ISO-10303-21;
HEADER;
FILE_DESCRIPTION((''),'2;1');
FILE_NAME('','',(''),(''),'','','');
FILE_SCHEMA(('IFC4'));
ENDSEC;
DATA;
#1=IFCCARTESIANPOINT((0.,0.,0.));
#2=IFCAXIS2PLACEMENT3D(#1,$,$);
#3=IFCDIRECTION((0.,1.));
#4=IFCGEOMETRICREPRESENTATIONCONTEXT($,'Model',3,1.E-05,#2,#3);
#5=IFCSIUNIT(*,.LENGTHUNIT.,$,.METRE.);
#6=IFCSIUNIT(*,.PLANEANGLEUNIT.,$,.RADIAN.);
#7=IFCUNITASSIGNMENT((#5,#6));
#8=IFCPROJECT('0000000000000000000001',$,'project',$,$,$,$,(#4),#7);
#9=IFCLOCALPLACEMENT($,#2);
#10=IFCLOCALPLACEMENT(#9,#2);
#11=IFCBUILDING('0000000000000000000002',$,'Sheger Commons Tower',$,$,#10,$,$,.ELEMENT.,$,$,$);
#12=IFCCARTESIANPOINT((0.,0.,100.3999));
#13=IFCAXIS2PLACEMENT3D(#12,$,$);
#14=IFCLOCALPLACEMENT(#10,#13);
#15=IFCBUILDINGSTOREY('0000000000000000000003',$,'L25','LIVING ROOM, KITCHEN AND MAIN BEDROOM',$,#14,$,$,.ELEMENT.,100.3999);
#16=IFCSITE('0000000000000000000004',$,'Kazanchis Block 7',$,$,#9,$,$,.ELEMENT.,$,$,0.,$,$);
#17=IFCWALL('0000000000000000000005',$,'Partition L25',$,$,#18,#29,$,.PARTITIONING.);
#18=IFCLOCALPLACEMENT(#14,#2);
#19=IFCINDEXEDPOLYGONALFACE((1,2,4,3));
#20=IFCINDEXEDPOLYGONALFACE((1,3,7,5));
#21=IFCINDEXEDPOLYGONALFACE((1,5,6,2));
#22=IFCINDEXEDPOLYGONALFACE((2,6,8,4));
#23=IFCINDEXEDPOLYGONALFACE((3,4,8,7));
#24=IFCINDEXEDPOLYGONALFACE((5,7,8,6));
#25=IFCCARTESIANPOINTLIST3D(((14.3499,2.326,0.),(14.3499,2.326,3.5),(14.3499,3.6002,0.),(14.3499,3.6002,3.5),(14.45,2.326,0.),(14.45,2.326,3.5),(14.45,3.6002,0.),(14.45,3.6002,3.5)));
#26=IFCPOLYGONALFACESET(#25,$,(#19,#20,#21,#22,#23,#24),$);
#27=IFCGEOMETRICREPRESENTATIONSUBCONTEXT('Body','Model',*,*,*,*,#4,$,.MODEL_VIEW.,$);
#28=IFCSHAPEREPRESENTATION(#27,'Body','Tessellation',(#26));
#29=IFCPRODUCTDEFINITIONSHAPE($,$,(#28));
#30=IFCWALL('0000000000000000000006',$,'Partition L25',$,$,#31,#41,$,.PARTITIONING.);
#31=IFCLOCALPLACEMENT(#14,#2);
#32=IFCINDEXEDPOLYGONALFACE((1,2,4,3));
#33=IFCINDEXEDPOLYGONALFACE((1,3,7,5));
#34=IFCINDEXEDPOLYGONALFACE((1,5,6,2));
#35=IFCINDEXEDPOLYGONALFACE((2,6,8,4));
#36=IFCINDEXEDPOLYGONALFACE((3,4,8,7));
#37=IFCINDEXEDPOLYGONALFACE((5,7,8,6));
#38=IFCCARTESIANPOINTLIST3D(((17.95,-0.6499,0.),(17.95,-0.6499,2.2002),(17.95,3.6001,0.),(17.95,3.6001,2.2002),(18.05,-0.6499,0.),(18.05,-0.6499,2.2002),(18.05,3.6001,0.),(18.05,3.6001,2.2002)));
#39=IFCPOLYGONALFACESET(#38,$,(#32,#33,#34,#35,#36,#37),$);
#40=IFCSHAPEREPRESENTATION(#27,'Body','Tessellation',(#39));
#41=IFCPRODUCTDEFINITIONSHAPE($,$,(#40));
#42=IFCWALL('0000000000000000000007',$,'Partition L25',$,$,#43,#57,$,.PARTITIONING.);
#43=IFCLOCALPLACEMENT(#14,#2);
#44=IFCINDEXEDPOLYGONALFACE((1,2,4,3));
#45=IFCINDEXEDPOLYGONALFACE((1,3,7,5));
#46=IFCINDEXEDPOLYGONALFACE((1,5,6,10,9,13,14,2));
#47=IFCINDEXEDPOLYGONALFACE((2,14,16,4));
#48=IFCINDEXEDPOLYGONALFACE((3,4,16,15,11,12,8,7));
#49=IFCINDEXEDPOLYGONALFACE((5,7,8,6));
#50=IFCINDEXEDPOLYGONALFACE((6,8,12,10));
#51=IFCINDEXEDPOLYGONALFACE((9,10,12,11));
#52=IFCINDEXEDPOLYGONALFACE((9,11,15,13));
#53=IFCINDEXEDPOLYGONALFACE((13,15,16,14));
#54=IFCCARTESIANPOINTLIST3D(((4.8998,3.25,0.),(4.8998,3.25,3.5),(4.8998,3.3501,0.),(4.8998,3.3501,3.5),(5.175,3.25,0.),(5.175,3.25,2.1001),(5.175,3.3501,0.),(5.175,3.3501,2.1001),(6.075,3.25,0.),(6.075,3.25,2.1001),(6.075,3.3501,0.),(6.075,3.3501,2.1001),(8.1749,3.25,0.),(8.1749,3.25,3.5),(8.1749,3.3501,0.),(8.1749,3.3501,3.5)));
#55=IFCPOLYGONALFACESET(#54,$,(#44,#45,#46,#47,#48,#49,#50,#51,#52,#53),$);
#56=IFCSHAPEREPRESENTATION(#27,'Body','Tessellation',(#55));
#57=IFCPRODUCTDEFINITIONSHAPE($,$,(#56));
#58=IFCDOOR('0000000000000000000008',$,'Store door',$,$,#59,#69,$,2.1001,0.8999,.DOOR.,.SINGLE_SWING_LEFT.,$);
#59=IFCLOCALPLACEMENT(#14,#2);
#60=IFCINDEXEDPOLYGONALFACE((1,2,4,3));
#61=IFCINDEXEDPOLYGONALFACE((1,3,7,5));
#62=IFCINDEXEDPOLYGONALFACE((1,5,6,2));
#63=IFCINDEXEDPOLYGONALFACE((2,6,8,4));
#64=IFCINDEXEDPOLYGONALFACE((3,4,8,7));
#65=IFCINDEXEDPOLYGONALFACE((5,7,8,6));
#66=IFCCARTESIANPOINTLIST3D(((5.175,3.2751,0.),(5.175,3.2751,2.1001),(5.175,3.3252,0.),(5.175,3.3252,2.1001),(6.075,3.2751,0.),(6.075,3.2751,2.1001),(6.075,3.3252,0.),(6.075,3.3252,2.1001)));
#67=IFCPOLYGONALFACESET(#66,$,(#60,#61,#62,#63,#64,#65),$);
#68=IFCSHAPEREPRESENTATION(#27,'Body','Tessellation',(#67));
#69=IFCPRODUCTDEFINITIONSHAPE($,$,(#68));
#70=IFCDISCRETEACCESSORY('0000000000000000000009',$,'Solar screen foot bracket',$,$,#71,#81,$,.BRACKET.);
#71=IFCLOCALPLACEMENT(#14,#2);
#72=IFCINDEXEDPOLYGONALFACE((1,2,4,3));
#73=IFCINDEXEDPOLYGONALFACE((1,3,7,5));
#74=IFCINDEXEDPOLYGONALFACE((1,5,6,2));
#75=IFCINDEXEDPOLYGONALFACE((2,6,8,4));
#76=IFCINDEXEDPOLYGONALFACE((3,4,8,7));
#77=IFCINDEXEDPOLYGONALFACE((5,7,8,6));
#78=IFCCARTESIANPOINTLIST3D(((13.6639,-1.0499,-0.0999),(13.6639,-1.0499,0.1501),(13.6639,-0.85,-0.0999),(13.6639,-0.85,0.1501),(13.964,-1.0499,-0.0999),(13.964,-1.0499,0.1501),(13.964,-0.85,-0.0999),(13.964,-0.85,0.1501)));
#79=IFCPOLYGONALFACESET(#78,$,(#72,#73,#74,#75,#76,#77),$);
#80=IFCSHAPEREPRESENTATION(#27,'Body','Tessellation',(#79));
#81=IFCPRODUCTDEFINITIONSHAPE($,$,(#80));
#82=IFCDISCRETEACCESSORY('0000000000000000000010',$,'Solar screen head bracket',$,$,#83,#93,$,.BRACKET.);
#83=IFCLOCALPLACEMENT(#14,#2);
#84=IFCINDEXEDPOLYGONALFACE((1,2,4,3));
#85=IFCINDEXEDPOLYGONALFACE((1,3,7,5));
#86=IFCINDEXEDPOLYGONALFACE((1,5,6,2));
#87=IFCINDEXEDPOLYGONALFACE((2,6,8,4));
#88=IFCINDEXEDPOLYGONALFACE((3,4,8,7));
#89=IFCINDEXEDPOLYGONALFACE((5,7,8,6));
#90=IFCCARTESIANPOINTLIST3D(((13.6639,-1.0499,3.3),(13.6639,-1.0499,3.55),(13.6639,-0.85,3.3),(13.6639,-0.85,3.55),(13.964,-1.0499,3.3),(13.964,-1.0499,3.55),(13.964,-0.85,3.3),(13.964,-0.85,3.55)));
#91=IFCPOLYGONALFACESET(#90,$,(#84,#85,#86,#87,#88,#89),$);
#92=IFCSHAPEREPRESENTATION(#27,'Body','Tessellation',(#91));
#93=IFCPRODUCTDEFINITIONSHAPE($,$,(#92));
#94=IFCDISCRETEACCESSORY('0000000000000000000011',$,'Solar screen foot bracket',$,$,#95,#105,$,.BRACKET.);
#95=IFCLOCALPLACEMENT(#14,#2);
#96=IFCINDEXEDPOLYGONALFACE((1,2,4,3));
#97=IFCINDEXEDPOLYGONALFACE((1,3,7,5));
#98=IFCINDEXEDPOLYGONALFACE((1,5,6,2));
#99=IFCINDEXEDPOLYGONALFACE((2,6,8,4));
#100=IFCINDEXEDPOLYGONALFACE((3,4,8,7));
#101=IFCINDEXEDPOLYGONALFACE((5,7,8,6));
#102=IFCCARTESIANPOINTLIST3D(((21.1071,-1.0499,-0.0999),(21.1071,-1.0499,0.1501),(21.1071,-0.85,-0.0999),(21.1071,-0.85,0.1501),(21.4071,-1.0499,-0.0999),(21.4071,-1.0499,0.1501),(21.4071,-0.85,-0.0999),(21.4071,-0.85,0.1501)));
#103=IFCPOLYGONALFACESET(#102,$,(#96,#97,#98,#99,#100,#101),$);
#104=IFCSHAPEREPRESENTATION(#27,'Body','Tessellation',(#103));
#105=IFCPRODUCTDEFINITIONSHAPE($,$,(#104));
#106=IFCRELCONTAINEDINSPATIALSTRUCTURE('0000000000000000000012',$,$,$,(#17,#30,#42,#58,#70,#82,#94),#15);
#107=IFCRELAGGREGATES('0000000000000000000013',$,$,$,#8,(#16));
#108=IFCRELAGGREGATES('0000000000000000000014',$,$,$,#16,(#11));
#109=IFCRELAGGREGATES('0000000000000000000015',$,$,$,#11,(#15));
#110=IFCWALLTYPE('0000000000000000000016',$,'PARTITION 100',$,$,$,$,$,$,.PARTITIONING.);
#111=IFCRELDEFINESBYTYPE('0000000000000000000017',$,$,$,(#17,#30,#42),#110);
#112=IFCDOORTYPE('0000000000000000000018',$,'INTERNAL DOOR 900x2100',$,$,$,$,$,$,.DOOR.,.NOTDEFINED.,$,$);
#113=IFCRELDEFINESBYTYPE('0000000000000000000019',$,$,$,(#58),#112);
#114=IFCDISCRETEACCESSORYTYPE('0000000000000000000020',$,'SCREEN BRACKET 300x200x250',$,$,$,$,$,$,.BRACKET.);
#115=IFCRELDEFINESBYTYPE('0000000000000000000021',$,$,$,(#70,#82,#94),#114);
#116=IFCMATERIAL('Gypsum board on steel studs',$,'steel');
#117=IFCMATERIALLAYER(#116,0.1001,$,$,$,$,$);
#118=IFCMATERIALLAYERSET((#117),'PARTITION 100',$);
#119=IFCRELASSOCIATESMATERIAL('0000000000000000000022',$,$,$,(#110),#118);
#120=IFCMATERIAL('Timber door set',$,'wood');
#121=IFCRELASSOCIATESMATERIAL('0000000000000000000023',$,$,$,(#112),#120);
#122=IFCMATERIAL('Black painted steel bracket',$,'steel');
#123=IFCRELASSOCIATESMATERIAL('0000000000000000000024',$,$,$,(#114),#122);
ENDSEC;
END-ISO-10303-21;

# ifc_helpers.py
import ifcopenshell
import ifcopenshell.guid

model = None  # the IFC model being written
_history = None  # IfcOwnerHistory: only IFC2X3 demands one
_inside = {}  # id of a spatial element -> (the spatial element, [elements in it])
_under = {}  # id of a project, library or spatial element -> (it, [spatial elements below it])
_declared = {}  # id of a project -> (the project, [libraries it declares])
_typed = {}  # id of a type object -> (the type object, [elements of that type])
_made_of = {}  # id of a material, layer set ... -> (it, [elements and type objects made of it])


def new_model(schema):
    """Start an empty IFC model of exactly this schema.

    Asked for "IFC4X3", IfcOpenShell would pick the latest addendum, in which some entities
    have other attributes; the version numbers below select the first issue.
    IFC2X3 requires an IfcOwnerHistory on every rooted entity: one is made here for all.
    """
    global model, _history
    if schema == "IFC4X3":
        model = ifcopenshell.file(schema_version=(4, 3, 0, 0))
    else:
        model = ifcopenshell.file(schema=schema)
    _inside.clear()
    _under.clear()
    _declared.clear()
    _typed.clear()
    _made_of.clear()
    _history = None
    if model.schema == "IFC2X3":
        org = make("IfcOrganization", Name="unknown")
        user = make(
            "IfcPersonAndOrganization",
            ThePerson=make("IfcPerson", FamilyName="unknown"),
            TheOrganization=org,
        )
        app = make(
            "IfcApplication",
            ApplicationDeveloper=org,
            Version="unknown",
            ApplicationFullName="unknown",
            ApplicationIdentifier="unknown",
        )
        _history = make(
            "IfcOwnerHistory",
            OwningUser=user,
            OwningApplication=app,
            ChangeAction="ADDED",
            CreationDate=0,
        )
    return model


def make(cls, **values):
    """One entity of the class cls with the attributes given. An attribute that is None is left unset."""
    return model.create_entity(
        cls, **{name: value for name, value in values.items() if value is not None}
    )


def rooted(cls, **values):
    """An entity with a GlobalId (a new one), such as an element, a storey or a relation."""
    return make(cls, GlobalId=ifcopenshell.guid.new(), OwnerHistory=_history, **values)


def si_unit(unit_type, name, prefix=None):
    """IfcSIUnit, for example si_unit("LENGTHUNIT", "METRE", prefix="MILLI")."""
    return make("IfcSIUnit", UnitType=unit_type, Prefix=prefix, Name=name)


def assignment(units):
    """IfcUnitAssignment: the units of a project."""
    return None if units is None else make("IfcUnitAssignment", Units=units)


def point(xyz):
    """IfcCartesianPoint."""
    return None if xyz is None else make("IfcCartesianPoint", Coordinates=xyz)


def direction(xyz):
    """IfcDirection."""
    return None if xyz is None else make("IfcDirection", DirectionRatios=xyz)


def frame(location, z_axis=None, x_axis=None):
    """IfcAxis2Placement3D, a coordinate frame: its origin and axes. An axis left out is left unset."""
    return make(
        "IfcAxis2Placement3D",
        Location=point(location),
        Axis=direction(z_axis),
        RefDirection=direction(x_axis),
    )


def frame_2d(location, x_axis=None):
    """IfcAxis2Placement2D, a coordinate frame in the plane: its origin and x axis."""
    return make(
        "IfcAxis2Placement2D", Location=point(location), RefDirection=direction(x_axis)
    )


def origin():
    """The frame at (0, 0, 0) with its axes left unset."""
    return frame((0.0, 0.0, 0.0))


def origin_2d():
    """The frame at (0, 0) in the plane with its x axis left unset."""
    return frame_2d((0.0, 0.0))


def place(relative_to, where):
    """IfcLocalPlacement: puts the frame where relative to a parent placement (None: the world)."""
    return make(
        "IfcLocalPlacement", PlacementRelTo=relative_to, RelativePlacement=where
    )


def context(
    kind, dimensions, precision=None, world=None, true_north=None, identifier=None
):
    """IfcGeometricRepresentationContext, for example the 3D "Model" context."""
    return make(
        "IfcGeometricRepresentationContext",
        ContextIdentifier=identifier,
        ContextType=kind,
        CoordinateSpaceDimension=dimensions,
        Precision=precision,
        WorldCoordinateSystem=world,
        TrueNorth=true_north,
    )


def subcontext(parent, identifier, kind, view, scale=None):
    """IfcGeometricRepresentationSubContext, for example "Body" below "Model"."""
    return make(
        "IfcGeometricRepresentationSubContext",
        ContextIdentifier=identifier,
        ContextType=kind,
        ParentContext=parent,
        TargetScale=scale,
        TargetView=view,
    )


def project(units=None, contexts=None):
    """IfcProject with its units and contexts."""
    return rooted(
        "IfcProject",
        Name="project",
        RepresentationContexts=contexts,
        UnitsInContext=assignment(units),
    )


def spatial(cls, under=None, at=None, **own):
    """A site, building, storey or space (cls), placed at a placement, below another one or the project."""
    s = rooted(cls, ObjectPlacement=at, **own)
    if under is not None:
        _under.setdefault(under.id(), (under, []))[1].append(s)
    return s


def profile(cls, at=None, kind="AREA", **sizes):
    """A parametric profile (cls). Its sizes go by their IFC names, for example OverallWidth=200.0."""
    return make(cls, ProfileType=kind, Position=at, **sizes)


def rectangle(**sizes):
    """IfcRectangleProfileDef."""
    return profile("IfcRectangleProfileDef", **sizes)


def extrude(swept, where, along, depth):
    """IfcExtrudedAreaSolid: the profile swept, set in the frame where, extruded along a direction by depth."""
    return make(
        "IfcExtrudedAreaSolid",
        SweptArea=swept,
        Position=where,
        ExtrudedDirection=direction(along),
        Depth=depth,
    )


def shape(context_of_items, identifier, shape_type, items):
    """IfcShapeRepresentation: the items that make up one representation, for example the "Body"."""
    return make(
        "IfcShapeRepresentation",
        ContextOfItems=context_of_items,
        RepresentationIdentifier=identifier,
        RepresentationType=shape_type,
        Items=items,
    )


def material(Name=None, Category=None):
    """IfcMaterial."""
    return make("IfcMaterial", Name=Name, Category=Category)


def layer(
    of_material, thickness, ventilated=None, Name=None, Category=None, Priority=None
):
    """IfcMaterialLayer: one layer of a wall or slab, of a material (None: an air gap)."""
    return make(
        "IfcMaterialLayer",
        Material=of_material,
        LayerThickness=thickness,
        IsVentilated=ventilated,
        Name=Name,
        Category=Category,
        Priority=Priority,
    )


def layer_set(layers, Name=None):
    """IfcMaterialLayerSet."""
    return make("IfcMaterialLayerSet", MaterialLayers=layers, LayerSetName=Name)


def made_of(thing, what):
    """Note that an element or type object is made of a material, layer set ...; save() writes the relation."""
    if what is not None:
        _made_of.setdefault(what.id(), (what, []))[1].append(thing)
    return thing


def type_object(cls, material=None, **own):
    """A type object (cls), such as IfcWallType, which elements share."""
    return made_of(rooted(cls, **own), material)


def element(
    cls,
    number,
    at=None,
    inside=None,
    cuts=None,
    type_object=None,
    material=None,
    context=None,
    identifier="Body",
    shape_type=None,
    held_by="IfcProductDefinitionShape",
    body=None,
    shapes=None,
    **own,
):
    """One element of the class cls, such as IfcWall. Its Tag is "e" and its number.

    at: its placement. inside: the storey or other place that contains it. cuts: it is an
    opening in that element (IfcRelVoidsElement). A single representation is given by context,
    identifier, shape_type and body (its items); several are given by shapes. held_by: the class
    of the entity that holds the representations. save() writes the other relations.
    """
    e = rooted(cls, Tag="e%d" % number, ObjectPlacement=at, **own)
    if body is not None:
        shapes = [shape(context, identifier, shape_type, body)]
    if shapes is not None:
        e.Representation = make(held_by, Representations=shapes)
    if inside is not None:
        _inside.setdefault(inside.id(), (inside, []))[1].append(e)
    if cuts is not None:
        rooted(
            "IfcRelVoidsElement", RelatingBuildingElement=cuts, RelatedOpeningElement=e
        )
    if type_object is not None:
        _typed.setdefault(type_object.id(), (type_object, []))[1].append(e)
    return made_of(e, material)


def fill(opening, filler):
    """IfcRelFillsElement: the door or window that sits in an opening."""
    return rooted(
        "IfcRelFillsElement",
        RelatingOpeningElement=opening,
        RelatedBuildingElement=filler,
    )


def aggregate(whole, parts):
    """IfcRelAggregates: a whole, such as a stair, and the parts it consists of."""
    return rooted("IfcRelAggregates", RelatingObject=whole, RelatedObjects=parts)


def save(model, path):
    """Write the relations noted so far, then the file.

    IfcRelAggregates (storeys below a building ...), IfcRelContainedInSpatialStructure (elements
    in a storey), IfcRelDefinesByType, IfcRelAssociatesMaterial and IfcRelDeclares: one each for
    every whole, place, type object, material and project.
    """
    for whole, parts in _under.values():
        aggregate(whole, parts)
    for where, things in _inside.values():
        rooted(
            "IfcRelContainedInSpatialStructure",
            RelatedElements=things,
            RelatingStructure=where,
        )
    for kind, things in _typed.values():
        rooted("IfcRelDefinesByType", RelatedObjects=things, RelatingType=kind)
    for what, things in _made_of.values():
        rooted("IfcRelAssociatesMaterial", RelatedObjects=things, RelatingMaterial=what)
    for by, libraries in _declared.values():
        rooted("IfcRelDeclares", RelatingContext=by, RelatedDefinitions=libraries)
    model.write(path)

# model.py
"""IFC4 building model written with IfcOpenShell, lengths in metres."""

from ifc_helpers import new_model, si_unit, direction, frame, frame_2d, origin, origin_2d, place, context, subcontext, project, spatial, rectangle, extrude, material, layer, layer_set, type_object, element, fill, save


model = new_model("IFC4")

# Units and contexts
model_context = context("Model", 3, precision=1e-05, world=origin(), true_north=direction((0.0, 1.0)))
body_context = subcontext(model_context, "Body", "Model", "MODEL_VIEW")
ifc_project = project(units=[si_unit("LENGTHUNIT", "METRE"), si_unit("PLANEANGLEUNIT", "RADIAN")], contexts=[model_context])

# Site, building, storey
site_placement = place(None, origin())
site = spatial("IfcSite", under=ifc_project, at=site_placement, Name="Kazanchis Block 7", CompositionType="ELEMENT", RefElevation=0.0)
building_placement = place(site_placement, origin())
building = spatial("IfcBuilding", under=site, at=building_placement, Name="Sheger Commons Tower", CompositionType="ELEMENT")
storey_placement = place(building_placement, frame((0.0, 0.0, 100.3999)))
storey = spatial("IfcBuildingStorey", under=building, at=storey_placement, Name="L25", Description="LIVING ROOM, KITCHEN AND MAIN BEDROOM", CompositionType="ELEMENT", Elevation=100.3999)

# Walls
ifc_material_1 = material(Name="Gypsum board on steel studs", Category="steel")
ifc_layer_1 = layer(ifc_material_1, 0.1001)
ifc_layer_set_1 = layer_set([ifc_layer_1], Name="PARTITION 100")
wall_type_1 = type_object("IfcWallType", Name="PARTITION 100", PredefinedType="PARTITIONING", material=ifc_layer_set_1)
wall_1_placement = place(storey_placement, frame((14.3999, 2.3259, 0.0), z_axis=(0.0, 0.0, 1.0), x_axis=(0.0, 1.0, 0.0)))
element("IfcWall", 1, at=wall_1_placement, inside=storey, type_object=wall_type_1, Name="Partition L25", PredefinedType="PARTITIONING", context=body_context, shape_type="SweptSolid", body=[
    extrude(rectangle(XDim=1.2742, YDim=0.1001, at=frame_2d((0.6372, 0.0))), origin(), (0.0, 0.0, 1.0), 3.5),
])
wall_2_placement = place(storey_placement, frame((18.0, -0.6499, 0.0), z_axis=(0.0, 0.0, 1.0), x_axis=(0.0, 1.0, 0.0)))
element("IfcWall", 2, at=wall_2_placement, inside=storey, type_object=wall_type_1, Name="Partition L25", PredefinedType="PARTITIONING", context=body_context, shape_type="SweptSolid", body=[
    extrude(rectangle(XDim=4.25, YDim=0.1001, at=frame_2d((2.125, 0.0))), origin(), (0.0, 0.0, 1.0), 2.2002),
])

# Wall, opening, door
wall_3_placement = place(storey_placement, frame((8.175, 3.3, 0.0), z_axis=(0.0, 0.0, 1.0), x_axis=(-1.0, 0.0, 0.0)))
wall_3 = element("IfcWall", 3, at=wall_3_placement, inside=storey, type_object=wall_type_1, Name="Partition L25", PredefinedType="PARTITIONING", context=body_context, shape_type="SweptSolid", body=[
    extrude(rectangle(XDim=3.2751, YDim=0.1001, at=frame_2d((1.6377, 0.0))), origin(), (0.0, 0.0, 1.0), 3.5),
])
opening_1_placement = place(wall_3_placement, frame((2.1001, 0.0, 0.0)))
opening_1 = element("IfcOpeningElement", 4, at=opening_1_placement, cuts=wall_3, PredefinedType="OPENING", context=body_context, shape_type="SweptSolid", body=[
    extrude(rectangle(XDim=0.8999, YDim=2.1001, at=frame_2d((0.45, 1.05))), frame((0.0, 0.0601, 0.0), z_axis=(0.0, -1.0, 0.0), x_axis=(1.0, 0.0, 0.0)), (0.0, 0.0, 1.0), 0.1201),
])
ifc_material_2 = material(Name="Timber door set", Category="wood")
door_type_1 = type_object("IfcDoorType", Name="INTERNAL DOOR 900x2100", OperationType="NOTDEFINED", PredefinedType="DOOR", material=ifc_material_2)
door_1_placement = place(opening_1_placement, origin())
door_1 = element("IfcDoor", 5, at=door_1_placement, inside=storey, type_object=door_type_1, Name="Store door", OperationType="SINGLE_SWING_LEFT", OverallHeight=2.1001, OverallWidth=0.8999, PredefinedType="DOOR", context=body_context, shape_type="SweptSolid", body=[
    extrude(rectangle(XDim=0.8999, YDim=2.1001, at=frame_2d((0.45, 1.05))), frame((0.0, 0.0249, 0.0), z_axis=(0.0, -1.0, 0.0), x_axis=(1.0, 0.0, 0.0)), (0.0, 0.0, 1.0), 0.05),
])
fill(opening_1, door_1)

# Discrete accessories
ifc_material_3 = material(Name="Black painted steel bracket", Category="steel")
discrete_accessory_type = type_object("IfcDiscreteAccessoryType", Name="SCREEN BRACKET 300x200x250", PredefinedType="BRACKET", material=ifc_material_3)
for number, where, z_axis, x_axis, name in (
    (6, (13.814, -0.95, -0.0999), (0.0, 0.0, 1.0), (1.0, 0.0, 0.0), "Solar screen foot bracket"),
    (7, (13.814, -0.95, 3.3), (0.0, 0.0, 1.0), (1.0, 0.0, 0.0), "Solar screen head bracket"),
    (8, (21.2571, -0.95, -0.0999), (0.0, 0.0, 1.0), (1.0, 0.0, 0.0), "Solar screen foot bracket"),
):
    element("IfcDiscreteAccessory", number, at=place(storey_placement, frame(where, z_axis=z_axis, x_axis=x_axis)), inside=storey, type_object=discrete_accessory_type, Name=name, PredefinedType="BRACKET", context=body_context, shape_type="SweptSolid", body=[
        extrude(rectangle(XDim=0.3, YDim=0.2, at=origin_2d()), origin(), (0.0, 0.0, 1.0), 0.25),
    ])

save(model, "model.ifc")
